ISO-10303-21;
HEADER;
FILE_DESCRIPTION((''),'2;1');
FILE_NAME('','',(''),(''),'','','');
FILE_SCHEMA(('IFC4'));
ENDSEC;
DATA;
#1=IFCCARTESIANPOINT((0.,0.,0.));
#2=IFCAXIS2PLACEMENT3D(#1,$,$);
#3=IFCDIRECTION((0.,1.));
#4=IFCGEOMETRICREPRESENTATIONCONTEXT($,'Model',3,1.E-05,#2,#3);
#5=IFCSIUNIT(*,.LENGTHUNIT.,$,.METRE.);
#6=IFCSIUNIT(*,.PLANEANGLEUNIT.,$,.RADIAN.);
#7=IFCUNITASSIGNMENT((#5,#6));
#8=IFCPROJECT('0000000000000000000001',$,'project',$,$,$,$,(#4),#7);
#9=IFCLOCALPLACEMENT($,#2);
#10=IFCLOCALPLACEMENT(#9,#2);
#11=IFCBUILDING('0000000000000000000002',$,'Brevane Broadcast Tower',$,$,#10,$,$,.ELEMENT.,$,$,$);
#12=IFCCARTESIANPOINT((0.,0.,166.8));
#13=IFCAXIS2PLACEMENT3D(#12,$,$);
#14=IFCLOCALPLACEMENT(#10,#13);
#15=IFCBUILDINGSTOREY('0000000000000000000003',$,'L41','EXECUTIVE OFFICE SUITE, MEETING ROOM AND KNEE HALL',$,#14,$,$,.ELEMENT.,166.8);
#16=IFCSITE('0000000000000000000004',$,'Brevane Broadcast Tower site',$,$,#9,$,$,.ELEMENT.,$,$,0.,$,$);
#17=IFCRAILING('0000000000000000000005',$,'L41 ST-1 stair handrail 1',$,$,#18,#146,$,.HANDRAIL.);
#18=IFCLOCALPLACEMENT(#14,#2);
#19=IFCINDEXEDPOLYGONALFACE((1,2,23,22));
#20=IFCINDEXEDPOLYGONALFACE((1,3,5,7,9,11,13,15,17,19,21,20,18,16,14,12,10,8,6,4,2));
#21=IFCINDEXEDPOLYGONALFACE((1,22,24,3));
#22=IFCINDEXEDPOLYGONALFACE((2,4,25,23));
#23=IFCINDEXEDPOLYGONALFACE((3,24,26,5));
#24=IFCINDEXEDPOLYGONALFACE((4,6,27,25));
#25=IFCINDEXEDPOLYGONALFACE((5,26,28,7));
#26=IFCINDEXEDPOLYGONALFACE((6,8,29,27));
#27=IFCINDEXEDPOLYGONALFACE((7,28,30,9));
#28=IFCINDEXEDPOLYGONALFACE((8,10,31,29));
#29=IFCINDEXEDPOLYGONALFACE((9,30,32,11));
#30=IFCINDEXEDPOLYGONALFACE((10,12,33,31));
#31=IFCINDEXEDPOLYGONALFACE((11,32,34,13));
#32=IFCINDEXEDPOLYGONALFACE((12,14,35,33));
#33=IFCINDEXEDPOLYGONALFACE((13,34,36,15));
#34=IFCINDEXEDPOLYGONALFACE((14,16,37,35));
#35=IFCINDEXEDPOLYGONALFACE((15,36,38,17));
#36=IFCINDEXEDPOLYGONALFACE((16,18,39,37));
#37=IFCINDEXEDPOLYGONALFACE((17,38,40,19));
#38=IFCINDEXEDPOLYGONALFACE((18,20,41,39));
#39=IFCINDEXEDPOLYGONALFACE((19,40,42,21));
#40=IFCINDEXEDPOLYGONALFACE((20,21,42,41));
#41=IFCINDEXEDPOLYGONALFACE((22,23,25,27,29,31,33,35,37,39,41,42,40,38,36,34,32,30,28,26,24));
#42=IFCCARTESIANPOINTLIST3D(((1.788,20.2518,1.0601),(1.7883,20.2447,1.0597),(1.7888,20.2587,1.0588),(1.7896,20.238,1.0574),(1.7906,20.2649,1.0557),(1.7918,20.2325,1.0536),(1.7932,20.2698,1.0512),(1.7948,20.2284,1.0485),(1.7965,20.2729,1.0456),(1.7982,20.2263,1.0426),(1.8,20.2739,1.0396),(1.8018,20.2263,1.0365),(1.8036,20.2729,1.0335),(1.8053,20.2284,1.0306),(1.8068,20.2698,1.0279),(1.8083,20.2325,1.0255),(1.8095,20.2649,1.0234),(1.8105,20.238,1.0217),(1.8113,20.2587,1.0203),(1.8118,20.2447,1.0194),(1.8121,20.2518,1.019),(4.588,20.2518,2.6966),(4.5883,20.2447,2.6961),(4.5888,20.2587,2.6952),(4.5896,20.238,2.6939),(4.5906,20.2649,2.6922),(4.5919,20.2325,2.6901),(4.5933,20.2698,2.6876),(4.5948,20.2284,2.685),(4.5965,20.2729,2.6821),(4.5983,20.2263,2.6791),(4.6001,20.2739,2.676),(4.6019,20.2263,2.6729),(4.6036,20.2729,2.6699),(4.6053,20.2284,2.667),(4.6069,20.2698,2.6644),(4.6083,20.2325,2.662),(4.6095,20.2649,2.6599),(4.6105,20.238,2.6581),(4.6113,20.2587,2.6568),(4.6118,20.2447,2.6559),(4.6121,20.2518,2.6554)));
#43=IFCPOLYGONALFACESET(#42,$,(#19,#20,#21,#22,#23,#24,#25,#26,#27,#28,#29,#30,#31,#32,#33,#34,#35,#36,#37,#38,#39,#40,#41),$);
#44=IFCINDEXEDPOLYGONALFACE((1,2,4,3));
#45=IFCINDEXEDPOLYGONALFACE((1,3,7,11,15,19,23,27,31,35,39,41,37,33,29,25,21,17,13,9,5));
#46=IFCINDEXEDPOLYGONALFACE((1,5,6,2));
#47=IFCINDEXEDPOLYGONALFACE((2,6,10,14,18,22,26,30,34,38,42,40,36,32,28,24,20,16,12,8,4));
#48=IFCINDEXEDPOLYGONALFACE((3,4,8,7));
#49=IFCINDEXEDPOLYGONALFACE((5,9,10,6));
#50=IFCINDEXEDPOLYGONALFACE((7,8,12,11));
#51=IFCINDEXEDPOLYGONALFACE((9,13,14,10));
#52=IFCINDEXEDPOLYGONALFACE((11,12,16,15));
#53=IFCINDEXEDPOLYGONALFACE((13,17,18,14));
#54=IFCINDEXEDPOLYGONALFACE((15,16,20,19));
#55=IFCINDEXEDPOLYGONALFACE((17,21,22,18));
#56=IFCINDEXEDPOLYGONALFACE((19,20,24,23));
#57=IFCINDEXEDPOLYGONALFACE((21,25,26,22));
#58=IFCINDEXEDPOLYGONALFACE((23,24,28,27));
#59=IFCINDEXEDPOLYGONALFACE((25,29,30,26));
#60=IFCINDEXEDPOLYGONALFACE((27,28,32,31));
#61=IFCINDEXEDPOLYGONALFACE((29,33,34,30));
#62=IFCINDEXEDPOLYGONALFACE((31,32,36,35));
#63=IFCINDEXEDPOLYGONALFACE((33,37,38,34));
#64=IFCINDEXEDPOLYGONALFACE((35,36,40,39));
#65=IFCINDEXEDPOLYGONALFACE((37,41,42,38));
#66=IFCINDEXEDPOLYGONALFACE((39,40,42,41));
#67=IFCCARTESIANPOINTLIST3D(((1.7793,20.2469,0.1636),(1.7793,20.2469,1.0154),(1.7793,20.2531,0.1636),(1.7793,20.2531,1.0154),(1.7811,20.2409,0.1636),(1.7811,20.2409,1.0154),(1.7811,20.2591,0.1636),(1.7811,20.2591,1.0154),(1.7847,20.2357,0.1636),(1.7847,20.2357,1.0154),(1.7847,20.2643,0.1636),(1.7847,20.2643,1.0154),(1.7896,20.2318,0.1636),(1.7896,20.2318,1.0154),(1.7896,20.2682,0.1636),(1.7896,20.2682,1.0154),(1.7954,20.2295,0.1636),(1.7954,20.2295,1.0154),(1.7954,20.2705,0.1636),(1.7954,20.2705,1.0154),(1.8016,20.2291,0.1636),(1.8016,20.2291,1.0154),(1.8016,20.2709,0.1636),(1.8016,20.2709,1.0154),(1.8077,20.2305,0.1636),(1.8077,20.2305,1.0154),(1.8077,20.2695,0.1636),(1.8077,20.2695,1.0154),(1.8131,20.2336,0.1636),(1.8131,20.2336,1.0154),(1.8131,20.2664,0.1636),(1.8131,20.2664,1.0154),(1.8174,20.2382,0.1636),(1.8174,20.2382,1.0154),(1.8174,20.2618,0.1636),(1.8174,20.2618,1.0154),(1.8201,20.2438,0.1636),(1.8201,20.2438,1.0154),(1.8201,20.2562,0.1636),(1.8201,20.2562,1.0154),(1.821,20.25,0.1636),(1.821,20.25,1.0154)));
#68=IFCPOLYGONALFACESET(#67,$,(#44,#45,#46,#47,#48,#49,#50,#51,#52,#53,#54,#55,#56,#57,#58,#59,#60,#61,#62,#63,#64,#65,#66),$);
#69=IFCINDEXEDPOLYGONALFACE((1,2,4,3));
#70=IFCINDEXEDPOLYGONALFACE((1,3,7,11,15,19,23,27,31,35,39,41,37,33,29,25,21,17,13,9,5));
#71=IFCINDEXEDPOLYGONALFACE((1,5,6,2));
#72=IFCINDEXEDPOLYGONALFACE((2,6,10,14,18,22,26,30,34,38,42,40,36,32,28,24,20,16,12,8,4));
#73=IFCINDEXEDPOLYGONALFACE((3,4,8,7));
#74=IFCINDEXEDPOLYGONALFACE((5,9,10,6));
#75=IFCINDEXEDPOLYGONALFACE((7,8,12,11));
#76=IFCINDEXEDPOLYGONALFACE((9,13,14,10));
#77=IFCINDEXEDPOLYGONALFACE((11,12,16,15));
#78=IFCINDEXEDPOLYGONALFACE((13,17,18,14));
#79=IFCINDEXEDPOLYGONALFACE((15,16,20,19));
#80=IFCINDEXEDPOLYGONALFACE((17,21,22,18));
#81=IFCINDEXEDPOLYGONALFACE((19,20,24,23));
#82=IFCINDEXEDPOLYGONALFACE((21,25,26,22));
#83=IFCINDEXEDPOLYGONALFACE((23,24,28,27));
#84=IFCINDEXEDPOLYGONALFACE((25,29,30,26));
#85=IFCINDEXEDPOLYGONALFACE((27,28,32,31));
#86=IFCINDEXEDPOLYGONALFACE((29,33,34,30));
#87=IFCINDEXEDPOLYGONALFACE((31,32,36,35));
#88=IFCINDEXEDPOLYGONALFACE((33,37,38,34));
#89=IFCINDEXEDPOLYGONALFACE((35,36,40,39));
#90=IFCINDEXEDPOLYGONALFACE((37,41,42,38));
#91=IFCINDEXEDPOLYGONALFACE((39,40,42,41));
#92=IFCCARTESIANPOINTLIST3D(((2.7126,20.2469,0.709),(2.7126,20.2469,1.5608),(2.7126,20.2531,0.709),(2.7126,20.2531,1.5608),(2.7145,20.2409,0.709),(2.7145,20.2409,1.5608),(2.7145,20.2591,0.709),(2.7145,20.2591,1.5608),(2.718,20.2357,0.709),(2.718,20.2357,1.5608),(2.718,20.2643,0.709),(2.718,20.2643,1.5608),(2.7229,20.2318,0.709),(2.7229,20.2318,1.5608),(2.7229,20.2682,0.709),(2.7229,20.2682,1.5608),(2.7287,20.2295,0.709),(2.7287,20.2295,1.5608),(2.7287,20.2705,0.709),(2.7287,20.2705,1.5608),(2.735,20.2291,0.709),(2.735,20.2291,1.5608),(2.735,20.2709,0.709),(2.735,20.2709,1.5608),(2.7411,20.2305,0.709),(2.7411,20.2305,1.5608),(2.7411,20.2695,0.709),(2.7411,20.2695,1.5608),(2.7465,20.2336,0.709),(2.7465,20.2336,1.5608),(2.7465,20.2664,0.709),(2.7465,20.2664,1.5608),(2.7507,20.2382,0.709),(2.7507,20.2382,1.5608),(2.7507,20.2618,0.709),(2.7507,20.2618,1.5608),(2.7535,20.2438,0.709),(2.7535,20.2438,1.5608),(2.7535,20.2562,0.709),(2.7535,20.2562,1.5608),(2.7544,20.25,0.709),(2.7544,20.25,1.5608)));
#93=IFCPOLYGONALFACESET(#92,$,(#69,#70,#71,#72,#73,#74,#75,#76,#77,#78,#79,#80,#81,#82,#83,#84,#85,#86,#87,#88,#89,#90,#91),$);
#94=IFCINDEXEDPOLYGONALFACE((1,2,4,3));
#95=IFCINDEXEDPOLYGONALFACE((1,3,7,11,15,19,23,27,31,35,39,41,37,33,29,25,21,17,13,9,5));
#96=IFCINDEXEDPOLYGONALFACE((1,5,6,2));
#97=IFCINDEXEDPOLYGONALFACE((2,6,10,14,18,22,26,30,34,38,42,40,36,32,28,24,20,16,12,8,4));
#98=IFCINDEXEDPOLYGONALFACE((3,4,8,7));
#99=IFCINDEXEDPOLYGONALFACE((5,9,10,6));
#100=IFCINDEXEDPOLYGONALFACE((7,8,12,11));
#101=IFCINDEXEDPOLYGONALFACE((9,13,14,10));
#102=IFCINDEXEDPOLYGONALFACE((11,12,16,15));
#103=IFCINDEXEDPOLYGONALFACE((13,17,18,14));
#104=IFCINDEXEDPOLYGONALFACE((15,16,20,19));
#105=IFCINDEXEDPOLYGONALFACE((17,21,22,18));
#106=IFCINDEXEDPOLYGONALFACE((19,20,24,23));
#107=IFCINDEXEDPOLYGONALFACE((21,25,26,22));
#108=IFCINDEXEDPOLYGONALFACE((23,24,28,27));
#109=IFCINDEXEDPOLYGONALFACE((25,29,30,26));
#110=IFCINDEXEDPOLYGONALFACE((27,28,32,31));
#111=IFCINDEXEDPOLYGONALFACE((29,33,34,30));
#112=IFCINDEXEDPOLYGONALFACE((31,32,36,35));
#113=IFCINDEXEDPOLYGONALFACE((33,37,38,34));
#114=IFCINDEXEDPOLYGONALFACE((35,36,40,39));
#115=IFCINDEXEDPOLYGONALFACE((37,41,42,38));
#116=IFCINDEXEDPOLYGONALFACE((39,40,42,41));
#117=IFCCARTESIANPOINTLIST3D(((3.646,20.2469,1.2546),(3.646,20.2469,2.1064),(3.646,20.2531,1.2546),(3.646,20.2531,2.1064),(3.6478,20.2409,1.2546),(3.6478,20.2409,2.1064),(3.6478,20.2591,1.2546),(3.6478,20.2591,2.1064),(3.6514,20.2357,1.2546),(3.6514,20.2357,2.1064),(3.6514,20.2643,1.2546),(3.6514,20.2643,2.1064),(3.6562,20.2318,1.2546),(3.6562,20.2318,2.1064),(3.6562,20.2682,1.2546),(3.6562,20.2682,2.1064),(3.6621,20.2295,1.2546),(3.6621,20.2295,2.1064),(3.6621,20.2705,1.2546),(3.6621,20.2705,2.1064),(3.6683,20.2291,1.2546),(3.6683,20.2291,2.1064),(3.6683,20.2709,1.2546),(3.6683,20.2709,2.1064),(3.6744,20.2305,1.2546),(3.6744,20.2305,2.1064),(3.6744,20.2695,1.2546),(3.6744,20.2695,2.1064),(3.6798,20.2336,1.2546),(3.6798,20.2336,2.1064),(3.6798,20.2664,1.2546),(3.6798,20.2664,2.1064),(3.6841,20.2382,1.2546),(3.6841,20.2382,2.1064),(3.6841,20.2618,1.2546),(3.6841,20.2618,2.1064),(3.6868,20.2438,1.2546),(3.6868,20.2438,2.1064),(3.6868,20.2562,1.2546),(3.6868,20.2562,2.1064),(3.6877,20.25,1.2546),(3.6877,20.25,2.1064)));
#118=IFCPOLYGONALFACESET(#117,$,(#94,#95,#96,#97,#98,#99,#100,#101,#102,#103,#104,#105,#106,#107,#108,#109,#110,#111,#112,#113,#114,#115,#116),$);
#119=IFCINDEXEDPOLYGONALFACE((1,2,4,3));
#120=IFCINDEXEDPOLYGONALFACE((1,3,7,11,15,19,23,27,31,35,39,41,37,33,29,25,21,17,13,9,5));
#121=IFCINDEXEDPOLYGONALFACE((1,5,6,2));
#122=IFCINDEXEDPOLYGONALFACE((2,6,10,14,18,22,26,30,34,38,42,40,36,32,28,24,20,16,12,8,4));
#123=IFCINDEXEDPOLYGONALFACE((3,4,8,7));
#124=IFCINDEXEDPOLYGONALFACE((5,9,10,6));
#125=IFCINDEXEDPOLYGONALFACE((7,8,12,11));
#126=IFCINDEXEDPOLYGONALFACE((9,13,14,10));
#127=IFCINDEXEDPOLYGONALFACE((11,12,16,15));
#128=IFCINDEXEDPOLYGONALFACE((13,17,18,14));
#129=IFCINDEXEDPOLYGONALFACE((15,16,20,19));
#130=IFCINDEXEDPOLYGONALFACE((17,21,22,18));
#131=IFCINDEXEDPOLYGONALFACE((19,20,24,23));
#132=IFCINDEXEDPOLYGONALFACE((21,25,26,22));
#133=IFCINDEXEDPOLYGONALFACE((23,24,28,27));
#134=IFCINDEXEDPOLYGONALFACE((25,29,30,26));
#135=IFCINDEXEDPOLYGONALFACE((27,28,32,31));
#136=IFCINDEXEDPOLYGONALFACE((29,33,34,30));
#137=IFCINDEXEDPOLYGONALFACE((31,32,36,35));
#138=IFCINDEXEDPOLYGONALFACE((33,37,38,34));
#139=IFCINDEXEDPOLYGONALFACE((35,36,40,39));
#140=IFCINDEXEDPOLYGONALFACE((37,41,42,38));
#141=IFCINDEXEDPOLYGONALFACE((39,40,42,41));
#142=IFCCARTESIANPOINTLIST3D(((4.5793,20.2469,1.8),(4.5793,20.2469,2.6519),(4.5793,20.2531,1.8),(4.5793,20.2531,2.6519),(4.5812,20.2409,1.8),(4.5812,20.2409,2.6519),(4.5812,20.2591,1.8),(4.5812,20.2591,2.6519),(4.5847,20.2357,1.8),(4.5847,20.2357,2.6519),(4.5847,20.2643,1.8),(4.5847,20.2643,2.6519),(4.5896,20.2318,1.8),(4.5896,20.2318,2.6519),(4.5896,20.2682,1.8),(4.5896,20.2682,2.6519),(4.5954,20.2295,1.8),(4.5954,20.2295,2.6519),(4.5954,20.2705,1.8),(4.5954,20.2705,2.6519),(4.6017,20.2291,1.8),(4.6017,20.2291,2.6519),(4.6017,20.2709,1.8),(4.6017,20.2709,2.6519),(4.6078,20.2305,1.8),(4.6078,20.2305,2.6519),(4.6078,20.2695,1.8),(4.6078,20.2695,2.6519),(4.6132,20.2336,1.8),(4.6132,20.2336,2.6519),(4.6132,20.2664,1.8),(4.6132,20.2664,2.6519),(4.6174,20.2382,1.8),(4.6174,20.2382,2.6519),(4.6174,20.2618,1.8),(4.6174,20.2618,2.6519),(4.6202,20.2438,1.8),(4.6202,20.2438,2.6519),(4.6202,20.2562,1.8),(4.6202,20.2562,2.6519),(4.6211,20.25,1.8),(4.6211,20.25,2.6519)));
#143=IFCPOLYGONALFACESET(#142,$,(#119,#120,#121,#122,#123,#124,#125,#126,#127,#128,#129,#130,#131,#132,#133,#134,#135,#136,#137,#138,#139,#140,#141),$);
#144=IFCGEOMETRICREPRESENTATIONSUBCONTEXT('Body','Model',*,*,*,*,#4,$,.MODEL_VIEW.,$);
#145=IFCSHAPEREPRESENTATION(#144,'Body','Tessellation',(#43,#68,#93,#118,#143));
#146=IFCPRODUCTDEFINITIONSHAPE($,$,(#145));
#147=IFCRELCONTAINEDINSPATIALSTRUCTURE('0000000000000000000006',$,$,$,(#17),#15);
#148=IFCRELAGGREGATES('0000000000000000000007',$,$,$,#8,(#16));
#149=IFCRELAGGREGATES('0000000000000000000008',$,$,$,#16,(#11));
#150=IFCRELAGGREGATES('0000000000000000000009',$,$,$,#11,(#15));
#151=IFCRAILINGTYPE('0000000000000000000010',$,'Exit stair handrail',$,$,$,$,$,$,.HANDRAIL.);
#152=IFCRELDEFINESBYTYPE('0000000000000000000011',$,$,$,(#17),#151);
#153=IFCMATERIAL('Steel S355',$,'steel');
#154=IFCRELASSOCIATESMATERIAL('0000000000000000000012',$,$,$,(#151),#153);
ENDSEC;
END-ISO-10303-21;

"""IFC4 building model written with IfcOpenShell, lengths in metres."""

from ifc_helpers import new_model, si_unit, direction, frame, origin, origin_2d, place, context, subcontext, project, spatial, circle, extrude, material, type_object, element, save


model = new_model("IFC4")

# Units and contexts
model_context = context("Model", 3, precision=1e-05, world=origin(), true_north=direction((0.0, 1.0)))
body_context = subcontext(model_context, "Body", "Model", "MODEL_VIEW")
ifc_project = project(units=[si_unit("LENGTHUNIT", "METRE"), si_unit("PLANEANGLEUNIT", "RADIAN")], contexts=[model_context])

# Site, building, storey
site_placement = place(None, origin())
site = spatial("IfcSite", under=ifc_project, at=site_placement, Name="Brevane Broadcast Tower site", CompositionType="ELEMENT", RefElevation=0.0)
building_placement = place(site_placement, origin())
building = spatial("IfcBuilding", under=site, at=building_placement, Name="Brevane Broadcast Tower", CompositionType="ELEMENT")
storey_placement = place(building_placement, frame((0.0, 0.0, 166.8)))
storey = spatial("IfcBuildingStorey", under=building, at=storey_placement, Name="L41", Description="EXECUTIVE OFFICE SUITE, MEETING ROOM AND KNEE HALL", CompositionType="ELEMENT", Elevation=166.8)

# Railing
ifc_material_1 = material(Name="Steel S355", Category="steel")
railing_type_1 = type_object("IfcRailingType", Name="Exit stair handrail", PredefinedType="HANDRAIL", material=ifc_material_1)
railing_1_placement = place(storey_placement, frame((1.8, 20.25, 0.1636)))
element("IfcRailing", 1, at=railing_1_placement, inside=storey, type_object=railing_type_1, Name="L41 ST-1 stair handrail 1", PredefinedType="HANDRAIL", context=body_context, shape_type="SweptSolid", body=[
    extrude(circle(Radius=0.0239, at=origin_2d()), frame((0.0, 0.0, 0.876), z_axis=(0.863361, 0.0, 0.504587), x_axis=(0.0, 1.0, 0.0)), (0.0, 0.0, 1.0), 3.2432),
    extrude(circle(Radius=0.021, at=origin_2d()), origin(), (0.0, 0.0, 1.0), 0.8518),
    extrude(circle(Radius=0.021, at=origin_2d()), frame((0.9333, 0.0, 0.5454)), (0.0, 0.0, 1.0), 0.8518),
    extrude(circle(Radius=0.021, at=origin_2d()), frame((1.8667, 0.0, 1.0911)), (0.0, 0.0, 1.0), 0.8518),
    extrude(circle(Radius=0.021, at=origin_2d()), frame((2.8, 0.0, 1.6365)), (0.0, 0.0, 1.0), 0.8518),
])

save(model, "model.ifc")
